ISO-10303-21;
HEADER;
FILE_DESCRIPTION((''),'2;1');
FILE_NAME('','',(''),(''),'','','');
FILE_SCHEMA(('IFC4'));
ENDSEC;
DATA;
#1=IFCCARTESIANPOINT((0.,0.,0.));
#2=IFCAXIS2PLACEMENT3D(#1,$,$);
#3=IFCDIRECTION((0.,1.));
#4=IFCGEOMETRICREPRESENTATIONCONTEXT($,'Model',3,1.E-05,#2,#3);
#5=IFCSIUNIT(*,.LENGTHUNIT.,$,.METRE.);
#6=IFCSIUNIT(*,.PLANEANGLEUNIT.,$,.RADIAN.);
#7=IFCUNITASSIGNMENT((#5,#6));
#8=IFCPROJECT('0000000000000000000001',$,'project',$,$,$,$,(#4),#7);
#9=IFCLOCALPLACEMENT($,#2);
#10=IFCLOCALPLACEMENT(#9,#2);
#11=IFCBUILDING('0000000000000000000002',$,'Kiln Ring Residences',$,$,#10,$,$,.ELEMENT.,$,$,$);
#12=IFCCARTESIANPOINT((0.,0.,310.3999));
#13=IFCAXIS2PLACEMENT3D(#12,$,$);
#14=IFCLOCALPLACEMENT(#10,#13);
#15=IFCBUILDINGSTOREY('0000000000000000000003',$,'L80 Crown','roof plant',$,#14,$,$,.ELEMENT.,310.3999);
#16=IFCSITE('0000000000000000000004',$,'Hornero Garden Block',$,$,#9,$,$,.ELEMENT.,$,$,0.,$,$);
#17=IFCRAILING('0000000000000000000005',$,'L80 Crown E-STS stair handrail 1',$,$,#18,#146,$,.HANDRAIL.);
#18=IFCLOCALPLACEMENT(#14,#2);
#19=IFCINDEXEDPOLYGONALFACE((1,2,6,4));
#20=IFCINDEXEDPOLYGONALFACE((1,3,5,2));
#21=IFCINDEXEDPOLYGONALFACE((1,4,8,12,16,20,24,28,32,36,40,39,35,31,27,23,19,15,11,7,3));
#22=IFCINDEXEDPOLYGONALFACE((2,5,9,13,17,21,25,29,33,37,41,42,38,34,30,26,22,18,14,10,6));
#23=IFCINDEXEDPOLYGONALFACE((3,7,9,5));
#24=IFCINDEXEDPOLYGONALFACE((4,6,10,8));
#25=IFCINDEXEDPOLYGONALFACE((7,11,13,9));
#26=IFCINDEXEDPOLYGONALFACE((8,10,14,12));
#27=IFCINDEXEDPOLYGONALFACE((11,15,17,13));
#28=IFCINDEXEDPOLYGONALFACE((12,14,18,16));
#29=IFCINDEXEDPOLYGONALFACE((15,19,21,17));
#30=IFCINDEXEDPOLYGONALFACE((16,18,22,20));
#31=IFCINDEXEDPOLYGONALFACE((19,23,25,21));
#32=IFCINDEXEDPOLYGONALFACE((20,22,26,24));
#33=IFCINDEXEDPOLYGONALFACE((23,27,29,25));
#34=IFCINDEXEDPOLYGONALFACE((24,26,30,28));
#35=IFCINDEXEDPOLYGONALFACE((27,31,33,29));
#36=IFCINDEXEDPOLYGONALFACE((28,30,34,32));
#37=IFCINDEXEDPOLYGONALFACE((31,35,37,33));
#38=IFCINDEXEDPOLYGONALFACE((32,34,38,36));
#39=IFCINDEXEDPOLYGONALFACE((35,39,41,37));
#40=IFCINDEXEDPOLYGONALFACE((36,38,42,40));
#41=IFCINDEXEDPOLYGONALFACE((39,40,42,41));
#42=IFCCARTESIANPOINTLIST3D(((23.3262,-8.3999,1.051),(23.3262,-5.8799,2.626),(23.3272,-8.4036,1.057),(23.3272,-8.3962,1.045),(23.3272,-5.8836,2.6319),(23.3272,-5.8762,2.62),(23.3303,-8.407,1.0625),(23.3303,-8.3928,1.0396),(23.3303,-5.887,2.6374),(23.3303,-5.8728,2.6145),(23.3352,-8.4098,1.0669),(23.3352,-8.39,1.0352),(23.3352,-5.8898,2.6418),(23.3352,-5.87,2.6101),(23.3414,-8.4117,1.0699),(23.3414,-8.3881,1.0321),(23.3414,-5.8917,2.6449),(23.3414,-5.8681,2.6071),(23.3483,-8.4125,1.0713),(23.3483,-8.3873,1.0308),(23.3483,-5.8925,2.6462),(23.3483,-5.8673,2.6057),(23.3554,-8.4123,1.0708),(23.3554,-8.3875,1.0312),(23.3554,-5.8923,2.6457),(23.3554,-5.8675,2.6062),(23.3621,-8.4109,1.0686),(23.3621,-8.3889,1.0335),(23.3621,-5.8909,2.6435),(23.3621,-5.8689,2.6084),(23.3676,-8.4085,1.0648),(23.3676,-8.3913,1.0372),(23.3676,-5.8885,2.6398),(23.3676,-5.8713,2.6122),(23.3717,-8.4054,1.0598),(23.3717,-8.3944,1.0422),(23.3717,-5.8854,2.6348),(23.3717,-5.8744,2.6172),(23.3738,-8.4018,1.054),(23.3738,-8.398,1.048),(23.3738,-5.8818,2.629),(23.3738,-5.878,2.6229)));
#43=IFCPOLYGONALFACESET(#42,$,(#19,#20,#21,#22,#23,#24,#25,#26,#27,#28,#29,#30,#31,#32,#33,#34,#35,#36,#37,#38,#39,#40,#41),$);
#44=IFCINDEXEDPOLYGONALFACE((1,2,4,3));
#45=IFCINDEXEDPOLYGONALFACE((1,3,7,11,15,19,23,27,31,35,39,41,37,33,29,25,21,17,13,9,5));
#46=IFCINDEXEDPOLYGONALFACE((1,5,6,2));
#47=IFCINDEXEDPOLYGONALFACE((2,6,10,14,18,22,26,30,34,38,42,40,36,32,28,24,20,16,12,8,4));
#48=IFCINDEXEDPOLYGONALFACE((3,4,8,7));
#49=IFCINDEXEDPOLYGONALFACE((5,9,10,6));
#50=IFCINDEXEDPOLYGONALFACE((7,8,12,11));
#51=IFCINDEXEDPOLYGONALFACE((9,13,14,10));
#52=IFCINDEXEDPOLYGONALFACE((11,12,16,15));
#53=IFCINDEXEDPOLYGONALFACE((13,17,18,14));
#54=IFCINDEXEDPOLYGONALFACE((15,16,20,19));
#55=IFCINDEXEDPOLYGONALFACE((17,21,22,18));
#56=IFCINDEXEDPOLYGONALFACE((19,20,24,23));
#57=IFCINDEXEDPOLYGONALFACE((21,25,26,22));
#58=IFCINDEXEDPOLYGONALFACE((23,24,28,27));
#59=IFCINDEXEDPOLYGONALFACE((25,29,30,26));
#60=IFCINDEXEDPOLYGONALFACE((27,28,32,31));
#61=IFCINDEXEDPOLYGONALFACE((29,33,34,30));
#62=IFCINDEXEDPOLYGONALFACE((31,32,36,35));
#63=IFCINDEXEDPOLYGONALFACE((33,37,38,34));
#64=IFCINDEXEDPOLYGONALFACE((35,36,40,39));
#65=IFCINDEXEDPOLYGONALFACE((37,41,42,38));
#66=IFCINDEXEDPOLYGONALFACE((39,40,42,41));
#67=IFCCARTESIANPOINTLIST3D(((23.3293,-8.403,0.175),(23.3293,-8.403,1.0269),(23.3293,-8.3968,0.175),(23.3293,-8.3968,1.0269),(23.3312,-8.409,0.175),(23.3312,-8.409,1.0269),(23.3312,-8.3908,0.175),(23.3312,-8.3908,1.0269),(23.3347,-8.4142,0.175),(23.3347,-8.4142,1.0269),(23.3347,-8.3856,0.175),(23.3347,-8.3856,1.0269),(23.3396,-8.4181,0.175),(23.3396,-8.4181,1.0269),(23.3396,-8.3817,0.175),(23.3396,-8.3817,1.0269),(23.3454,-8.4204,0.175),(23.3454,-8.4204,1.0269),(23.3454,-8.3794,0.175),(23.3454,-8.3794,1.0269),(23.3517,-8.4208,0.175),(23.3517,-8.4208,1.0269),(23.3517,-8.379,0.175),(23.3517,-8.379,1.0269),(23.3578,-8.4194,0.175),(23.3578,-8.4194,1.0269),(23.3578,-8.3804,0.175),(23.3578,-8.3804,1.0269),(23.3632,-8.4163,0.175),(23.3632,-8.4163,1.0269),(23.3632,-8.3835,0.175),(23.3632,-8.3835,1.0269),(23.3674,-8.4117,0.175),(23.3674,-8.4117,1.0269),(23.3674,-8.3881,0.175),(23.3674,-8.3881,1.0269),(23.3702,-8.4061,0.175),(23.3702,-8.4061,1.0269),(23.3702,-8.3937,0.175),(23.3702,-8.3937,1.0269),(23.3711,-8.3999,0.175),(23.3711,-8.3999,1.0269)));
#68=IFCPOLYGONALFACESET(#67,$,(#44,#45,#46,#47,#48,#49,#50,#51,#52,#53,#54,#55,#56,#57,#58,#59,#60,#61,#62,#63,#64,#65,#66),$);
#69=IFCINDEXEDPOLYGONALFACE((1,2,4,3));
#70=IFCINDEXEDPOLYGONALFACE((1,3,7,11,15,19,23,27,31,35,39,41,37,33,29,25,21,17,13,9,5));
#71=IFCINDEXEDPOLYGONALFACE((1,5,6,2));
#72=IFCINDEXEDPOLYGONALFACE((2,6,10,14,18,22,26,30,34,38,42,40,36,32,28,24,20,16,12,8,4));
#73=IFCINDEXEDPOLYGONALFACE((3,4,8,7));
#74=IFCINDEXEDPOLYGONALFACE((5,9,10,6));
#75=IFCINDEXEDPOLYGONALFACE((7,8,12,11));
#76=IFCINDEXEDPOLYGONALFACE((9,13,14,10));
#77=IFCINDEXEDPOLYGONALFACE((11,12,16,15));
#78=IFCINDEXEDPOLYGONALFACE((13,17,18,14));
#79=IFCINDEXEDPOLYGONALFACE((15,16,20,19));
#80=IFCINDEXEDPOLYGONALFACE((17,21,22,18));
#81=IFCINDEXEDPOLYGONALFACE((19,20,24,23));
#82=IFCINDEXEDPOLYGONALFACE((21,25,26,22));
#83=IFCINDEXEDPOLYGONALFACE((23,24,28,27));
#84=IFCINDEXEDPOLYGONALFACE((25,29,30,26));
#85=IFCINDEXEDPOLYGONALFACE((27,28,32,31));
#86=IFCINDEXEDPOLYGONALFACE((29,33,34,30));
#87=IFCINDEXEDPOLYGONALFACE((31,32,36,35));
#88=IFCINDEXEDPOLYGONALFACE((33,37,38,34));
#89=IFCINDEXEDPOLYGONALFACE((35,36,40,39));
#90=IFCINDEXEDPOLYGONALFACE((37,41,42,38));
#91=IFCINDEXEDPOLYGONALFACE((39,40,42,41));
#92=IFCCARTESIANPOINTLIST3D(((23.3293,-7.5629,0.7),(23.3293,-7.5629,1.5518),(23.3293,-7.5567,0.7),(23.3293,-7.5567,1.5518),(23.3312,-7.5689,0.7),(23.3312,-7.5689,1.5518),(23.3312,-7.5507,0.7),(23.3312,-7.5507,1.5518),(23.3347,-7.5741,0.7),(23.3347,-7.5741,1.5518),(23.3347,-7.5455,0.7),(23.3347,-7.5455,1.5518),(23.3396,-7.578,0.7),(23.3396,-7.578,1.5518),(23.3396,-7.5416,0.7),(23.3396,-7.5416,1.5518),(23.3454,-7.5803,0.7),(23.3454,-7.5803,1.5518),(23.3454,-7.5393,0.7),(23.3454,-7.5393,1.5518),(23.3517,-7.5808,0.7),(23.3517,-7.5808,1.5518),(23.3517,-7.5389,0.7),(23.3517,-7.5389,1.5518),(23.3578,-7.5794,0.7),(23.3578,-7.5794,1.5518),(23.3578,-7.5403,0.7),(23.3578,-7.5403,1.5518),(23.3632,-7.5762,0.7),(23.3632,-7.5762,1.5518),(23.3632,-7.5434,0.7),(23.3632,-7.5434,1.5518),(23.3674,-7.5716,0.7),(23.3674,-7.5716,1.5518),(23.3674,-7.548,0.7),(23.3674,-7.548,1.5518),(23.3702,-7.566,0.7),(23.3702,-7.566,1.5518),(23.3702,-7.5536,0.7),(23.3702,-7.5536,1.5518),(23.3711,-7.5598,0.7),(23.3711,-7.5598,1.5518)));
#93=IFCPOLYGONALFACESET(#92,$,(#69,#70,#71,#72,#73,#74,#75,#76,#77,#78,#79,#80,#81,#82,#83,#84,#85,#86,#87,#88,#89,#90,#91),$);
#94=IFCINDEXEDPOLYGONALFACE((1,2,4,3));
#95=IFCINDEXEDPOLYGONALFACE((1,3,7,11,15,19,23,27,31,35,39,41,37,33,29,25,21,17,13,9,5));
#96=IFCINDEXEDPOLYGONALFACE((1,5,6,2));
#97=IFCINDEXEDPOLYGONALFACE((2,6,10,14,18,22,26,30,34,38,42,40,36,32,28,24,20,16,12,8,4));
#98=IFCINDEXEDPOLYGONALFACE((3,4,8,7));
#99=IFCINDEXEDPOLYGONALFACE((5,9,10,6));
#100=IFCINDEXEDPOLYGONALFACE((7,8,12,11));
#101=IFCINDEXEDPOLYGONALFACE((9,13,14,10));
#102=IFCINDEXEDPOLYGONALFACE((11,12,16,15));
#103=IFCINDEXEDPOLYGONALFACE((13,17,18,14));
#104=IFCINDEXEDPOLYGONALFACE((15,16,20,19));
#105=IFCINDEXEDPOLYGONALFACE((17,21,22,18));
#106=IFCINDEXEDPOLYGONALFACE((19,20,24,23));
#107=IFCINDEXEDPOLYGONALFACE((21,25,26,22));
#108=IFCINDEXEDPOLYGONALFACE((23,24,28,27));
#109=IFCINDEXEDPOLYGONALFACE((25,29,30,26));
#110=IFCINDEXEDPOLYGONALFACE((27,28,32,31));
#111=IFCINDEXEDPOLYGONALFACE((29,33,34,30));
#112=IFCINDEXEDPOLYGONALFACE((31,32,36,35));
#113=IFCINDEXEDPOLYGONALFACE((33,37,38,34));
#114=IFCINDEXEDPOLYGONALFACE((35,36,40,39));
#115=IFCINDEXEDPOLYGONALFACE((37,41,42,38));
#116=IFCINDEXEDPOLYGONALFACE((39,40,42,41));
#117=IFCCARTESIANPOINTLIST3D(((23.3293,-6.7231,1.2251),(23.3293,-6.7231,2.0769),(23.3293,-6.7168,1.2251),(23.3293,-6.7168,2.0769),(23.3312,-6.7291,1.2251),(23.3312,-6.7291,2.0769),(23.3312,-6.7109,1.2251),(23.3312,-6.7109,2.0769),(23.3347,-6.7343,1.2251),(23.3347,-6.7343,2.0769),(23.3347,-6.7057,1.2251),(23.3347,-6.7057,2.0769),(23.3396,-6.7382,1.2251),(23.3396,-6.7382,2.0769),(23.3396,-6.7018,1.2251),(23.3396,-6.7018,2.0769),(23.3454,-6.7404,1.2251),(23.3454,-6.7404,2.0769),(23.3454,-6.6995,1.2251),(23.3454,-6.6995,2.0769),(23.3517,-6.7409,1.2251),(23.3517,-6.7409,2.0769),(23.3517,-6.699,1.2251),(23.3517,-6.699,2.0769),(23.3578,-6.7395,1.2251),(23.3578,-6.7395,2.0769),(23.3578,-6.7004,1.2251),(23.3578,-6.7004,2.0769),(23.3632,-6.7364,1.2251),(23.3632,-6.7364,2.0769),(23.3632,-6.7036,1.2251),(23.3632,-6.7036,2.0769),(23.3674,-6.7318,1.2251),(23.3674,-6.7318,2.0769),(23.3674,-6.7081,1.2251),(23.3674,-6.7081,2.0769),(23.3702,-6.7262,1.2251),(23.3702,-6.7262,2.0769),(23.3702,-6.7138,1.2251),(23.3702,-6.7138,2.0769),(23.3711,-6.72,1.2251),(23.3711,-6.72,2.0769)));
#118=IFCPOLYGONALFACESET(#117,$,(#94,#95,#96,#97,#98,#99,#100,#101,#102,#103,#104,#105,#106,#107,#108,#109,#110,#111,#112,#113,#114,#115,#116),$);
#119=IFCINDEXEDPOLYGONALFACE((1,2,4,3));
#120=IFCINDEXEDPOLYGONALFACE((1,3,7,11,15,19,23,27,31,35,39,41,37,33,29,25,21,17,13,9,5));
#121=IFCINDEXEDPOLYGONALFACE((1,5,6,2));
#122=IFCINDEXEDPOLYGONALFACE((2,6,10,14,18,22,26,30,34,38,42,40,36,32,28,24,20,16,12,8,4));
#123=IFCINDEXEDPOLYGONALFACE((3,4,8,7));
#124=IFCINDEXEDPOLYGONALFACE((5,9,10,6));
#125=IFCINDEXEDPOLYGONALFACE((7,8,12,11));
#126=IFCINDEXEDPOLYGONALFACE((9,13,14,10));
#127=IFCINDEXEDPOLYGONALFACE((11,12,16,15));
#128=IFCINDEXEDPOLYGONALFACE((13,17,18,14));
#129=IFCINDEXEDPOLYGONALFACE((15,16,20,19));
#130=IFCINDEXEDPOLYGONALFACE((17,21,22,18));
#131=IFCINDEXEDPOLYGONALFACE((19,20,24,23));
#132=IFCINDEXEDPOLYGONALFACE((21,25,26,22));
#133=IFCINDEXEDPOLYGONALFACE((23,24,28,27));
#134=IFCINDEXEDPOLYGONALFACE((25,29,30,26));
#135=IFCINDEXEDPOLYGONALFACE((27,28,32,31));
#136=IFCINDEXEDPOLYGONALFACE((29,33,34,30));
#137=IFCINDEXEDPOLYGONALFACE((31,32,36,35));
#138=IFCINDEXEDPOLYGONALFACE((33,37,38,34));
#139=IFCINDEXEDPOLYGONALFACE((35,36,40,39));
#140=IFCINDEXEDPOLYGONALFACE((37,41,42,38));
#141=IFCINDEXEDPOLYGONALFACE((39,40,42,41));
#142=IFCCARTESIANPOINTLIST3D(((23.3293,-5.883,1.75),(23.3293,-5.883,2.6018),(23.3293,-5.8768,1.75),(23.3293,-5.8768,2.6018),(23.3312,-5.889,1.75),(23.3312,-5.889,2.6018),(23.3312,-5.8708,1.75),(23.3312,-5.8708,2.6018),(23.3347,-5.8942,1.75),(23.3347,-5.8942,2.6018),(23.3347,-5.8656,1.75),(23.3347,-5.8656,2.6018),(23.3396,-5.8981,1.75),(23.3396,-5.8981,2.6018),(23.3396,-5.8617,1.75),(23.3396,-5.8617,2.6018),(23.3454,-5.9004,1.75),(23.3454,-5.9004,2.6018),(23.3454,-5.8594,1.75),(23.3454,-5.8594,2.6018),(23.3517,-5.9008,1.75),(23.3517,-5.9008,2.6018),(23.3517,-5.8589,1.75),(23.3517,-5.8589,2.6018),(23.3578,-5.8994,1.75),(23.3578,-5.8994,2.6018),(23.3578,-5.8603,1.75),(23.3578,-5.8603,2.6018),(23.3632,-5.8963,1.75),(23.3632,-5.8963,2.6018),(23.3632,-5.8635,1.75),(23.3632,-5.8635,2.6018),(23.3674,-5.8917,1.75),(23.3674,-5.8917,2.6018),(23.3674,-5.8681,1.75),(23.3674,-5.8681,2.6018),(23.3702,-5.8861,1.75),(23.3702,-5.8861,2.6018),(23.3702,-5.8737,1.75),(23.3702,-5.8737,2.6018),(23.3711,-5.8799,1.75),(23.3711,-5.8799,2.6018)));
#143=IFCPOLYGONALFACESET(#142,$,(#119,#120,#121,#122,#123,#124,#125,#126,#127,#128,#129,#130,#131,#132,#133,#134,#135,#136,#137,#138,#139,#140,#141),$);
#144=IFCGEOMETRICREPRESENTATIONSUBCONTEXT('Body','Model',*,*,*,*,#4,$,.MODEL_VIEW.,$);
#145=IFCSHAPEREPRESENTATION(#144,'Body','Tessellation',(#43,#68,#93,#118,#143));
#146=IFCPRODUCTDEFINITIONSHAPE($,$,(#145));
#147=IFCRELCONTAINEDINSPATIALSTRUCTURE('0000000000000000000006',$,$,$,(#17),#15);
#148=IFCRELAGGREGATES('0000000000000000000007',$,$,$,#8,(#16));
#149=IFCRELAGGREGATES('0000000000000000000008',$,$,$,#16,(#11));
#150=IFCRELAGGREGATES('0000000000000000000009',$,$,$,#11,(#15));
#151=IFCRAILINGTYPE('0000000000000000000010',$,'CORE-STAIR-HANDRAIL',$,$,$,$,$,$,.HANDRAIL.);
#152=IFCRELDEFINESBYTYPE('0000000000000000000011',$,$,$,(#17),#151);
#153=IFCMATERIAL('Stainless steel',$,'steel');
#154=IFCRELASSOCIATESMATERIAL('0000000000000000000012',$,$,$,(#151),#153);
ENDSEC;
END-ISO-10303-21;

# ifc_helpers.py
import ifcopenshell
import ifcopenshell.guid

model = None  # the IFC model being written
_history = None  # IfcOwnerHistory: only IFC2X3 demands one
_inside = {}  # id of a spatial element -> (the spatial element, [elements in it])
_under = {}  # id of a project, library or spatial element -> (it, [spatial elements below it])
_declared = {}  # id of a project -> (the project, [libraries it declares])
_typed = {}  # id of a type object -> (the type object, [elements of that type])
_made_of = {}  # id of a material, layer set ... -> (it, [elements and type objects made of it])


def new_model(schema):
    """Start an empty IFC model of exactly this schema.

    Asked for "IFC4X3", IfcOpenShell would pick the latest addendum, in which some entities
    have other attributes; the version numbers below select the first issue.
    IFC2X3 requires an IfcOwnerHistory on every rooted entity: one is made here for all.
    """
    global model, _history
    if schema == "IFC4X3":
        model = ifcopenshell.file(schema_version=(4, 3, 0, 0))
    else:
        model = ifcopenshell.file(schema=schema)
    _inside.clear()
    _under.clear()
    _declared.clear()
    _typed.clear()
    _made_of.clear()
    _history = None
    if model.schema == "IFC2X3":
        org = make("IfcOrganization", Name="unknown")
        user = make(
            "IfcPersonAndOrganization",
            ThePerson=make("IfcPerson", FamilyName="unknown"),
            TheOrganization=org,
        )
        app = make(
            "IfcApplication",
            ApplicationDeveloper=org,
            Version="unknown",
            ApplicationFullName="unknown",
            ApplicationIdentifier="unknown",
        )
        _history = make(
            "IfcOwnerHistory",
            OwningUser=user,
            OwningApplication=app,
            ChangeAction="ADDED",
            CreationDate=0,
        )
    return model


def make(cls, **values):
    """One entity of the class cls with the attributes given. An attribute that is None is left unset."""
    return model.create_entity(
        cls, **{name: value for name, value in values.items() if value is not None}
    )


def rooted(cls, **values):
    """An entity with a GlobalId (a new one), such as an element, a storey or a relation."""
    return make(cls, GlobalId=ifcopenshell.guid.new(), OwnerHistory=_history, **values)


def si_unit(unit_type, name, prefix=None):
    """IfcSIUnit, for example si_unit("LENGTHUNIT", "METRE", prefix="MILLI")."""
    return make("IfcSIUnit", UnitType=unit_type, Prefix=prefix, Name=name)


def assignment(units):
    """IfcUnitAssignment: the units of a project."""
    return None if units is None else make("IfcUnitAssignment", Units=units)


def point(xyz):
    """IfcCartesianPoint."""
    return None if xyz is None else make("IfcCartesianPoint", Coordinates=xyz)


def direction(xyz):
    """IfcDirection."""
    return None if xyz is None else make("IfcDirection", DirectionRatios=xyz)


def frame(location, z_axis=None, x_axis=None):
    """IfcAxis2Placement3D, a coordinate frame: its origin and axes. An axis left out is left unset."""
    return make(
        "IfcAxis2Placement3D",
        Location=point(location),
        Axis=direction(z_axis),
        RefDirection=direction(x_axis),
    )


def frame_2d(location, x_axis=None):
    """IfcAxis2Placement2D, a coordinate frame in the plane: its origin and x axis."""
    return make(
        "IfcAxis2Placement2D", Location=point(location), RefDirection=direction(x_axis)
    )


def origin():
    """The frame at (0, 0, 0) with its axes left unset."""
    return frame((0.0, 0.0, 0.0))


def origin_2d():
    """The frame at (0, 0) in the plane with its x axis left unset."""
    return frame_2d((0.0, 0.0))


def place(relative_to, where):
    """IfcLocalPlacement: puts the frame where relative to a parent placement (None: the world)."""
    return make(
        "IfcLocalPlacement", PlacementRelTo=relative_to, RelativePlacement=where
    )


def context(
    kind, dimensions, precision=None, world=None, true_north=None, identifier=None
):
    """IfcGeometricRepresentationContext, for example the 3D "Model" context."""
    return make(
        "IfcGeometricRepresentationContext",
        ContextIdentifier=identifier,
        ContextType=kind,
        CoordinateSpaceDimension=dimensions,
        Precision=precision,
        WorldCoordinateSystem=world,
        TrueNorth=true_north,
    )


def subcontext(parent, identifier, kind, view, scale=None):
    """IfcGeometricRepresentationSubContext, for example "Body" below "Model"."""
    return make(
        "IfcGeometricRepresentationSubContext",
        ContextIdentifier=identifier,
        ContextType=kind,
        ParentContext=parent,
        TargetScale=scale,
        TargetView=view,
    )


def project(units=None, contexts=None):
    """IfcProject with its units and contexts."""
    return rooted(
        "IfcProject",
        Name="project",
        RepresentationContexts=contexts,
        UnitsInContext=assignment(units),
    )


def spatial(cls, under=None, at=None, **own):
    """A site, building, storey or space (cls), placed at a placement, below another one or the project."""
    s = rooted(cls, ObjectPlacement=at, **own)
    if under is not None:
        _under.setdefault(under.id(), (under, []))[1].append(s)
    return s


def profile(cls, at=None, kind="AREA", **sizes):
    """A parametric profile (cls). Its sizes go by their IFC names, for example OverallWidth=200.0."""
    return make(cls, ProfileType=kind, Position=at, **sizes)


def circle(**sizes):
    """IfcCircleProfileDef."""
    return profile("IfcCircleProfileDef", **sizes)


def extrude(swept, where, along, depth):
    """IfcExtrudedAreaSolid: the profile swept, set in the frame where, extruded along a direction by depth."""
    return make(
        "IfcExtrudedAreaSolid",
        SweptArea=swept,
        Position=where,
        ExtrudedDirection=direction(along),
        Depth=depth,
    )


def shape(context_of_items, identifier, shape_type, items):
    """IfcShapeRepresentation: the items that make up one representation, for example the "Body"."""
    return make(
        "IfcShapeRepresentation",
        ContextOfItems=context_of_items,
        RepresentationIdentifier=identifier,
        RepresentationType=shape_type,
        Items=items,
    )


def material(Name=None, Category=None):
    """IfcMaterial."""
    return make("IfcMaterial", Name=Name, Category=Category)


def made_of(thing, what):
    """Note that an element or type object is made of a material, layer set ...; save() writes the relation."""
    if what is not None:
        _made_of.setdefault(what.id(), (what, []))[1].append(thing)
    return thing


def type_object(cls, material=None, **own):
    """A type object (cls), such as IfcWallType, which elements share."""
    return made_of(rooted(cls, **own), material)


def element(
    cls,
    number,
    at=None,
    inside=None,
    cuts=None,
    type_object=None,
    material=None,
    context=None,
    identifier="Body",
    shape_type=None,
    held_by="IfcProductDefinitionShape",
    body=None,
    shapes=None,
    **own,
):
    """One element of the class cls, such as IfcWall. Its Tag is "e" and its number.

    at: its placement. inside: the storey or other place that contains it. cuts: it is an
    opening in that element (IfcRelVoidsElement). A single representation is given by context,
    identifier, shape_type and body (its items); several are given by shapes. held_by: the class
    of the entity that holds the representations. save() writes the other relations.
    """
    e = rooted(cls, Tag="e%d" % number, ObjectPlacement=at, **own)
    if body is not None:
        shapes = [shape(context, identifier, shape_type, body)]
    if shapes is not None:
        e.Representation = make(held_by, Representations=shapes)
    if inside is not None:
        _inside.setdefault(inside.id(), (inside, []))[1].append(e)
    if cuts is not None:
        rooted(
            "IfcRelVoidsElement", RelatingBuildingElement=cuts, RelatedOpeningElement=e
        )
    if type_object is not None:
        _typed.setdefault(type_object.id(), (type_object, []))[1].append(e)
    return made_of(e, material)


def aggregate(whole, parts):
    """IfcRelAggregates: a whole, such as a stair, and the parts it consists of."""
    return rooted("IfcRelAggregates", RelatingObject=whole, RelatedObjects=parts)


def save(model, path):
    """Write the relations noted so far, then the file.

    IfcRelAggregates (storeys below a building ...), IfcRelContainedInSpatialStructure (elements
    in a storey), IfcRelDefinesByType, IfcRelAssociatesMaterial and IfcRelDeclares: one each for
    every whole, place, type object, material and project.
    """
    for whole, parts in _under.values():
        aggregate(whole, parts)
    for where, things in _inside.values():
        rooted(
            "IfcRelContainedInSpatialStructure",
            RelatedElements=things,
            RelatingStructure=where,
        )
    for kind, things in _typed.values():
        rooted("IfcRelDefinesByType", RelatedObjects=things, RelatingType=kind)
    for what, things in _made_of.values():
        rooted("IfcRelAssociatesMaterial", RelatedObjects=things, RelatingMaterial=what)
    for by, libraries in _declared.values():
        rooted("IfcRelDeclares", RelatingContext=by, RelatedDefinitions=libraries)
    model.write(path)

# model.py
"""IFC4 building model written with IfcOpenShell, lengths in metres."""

from ifc_helpers import new_model, si_unit, direction, frame, origin, origin_2d, place, context, subcontext, project, spatial, circle, extrude, material, type_object, element, save


model = new_model("IFC4")

# Units and contexts
model_context = context("Model", 3, precision=1e-05, world=origin(), true_north=direction((0.0, 1.0)))
body_context = subcontext(model_context, "Body", "Model", "MODEL_VIEW")
ifc_project = project(units=[si_unit("LENGTHUNIT", "METRE"), si_unit("PLANEANGLEUNIT", "RADIAN")], contexts=[model_context])

# Site, building, storey
site_placement = place(None, origin())
site = spatial("IfcSite", under=ifc_project, at=site_placement, Name="Hornero Garden Block", CompositionType="ELEMENT", RefElevation=0.0)
building_placement = place(site_placement, origin())
building = spatial("IfcBuilding", under=site, at=building_placement, Name="Kiln Ring Residences", CompositionType="ELEMENT")
storey_placement = place(building_placement, frame((0.0, 0.0, 310.3999)))
storey = spatial("IfcBuildingStorey", under=building, at=storey_placement, Name="L80 Crown", Description="roof plant", CompositionType="ELEMENT", Elevation=310.3999)

# Railing
ifc_material_1 = material(Name="Stainless steel", Category="steel")
railing_type_1 = type_object("IfcRailingType", Name="CORE-STAIR-HANDRAIL", PredefinedType="HANDRAIL", material=ifc_material_1)
railing_1_placement = place(storey_placement, frame((23.3501, -8.3999, 0.175)))
element("IfcRailing", 1, at=railing_1_placement, inside=storey, type_object=railing_type_1, Name="L80 Crown E-STS stair handrail 1", PredefinedType="HANDRAIL", context=body_context, shape_type="SweptSolid", body=[
    extrude(circle(Radius=0.0239, at=origin_2d()), frame((0.0, 0.0, 0.876), z_axis=(0.0, 0.848008, 0.529984), x_axis=(-1.0, 0.0, 0.0)), (0.0, 0.0, 1.0), 2.9717),
    extrude(circle(Radius=0.021, at=origin_2d()), origin(), (0.0, 0.0, 1.0), 0.8518),
    extrude(circle(Radius=0.021, at=origin_2d()), frame((0.0, 0.8401, 0.5249)), (0.0, 0.0, 1.0), 0.8518),
    extrude(circle(Radius=0.021, at=origin_2d()), frame((0.0, 1.6799, 1.05)), (0.0, 0.0, 1.0), 0.8518),
    extrude(circle(Radius=0.021, at=origin_2d()), frame((0.0, 2.52, 1.575)), (0.0, 0.0, 1.0), 0.8518),
])

save(model, "model.ifc")
